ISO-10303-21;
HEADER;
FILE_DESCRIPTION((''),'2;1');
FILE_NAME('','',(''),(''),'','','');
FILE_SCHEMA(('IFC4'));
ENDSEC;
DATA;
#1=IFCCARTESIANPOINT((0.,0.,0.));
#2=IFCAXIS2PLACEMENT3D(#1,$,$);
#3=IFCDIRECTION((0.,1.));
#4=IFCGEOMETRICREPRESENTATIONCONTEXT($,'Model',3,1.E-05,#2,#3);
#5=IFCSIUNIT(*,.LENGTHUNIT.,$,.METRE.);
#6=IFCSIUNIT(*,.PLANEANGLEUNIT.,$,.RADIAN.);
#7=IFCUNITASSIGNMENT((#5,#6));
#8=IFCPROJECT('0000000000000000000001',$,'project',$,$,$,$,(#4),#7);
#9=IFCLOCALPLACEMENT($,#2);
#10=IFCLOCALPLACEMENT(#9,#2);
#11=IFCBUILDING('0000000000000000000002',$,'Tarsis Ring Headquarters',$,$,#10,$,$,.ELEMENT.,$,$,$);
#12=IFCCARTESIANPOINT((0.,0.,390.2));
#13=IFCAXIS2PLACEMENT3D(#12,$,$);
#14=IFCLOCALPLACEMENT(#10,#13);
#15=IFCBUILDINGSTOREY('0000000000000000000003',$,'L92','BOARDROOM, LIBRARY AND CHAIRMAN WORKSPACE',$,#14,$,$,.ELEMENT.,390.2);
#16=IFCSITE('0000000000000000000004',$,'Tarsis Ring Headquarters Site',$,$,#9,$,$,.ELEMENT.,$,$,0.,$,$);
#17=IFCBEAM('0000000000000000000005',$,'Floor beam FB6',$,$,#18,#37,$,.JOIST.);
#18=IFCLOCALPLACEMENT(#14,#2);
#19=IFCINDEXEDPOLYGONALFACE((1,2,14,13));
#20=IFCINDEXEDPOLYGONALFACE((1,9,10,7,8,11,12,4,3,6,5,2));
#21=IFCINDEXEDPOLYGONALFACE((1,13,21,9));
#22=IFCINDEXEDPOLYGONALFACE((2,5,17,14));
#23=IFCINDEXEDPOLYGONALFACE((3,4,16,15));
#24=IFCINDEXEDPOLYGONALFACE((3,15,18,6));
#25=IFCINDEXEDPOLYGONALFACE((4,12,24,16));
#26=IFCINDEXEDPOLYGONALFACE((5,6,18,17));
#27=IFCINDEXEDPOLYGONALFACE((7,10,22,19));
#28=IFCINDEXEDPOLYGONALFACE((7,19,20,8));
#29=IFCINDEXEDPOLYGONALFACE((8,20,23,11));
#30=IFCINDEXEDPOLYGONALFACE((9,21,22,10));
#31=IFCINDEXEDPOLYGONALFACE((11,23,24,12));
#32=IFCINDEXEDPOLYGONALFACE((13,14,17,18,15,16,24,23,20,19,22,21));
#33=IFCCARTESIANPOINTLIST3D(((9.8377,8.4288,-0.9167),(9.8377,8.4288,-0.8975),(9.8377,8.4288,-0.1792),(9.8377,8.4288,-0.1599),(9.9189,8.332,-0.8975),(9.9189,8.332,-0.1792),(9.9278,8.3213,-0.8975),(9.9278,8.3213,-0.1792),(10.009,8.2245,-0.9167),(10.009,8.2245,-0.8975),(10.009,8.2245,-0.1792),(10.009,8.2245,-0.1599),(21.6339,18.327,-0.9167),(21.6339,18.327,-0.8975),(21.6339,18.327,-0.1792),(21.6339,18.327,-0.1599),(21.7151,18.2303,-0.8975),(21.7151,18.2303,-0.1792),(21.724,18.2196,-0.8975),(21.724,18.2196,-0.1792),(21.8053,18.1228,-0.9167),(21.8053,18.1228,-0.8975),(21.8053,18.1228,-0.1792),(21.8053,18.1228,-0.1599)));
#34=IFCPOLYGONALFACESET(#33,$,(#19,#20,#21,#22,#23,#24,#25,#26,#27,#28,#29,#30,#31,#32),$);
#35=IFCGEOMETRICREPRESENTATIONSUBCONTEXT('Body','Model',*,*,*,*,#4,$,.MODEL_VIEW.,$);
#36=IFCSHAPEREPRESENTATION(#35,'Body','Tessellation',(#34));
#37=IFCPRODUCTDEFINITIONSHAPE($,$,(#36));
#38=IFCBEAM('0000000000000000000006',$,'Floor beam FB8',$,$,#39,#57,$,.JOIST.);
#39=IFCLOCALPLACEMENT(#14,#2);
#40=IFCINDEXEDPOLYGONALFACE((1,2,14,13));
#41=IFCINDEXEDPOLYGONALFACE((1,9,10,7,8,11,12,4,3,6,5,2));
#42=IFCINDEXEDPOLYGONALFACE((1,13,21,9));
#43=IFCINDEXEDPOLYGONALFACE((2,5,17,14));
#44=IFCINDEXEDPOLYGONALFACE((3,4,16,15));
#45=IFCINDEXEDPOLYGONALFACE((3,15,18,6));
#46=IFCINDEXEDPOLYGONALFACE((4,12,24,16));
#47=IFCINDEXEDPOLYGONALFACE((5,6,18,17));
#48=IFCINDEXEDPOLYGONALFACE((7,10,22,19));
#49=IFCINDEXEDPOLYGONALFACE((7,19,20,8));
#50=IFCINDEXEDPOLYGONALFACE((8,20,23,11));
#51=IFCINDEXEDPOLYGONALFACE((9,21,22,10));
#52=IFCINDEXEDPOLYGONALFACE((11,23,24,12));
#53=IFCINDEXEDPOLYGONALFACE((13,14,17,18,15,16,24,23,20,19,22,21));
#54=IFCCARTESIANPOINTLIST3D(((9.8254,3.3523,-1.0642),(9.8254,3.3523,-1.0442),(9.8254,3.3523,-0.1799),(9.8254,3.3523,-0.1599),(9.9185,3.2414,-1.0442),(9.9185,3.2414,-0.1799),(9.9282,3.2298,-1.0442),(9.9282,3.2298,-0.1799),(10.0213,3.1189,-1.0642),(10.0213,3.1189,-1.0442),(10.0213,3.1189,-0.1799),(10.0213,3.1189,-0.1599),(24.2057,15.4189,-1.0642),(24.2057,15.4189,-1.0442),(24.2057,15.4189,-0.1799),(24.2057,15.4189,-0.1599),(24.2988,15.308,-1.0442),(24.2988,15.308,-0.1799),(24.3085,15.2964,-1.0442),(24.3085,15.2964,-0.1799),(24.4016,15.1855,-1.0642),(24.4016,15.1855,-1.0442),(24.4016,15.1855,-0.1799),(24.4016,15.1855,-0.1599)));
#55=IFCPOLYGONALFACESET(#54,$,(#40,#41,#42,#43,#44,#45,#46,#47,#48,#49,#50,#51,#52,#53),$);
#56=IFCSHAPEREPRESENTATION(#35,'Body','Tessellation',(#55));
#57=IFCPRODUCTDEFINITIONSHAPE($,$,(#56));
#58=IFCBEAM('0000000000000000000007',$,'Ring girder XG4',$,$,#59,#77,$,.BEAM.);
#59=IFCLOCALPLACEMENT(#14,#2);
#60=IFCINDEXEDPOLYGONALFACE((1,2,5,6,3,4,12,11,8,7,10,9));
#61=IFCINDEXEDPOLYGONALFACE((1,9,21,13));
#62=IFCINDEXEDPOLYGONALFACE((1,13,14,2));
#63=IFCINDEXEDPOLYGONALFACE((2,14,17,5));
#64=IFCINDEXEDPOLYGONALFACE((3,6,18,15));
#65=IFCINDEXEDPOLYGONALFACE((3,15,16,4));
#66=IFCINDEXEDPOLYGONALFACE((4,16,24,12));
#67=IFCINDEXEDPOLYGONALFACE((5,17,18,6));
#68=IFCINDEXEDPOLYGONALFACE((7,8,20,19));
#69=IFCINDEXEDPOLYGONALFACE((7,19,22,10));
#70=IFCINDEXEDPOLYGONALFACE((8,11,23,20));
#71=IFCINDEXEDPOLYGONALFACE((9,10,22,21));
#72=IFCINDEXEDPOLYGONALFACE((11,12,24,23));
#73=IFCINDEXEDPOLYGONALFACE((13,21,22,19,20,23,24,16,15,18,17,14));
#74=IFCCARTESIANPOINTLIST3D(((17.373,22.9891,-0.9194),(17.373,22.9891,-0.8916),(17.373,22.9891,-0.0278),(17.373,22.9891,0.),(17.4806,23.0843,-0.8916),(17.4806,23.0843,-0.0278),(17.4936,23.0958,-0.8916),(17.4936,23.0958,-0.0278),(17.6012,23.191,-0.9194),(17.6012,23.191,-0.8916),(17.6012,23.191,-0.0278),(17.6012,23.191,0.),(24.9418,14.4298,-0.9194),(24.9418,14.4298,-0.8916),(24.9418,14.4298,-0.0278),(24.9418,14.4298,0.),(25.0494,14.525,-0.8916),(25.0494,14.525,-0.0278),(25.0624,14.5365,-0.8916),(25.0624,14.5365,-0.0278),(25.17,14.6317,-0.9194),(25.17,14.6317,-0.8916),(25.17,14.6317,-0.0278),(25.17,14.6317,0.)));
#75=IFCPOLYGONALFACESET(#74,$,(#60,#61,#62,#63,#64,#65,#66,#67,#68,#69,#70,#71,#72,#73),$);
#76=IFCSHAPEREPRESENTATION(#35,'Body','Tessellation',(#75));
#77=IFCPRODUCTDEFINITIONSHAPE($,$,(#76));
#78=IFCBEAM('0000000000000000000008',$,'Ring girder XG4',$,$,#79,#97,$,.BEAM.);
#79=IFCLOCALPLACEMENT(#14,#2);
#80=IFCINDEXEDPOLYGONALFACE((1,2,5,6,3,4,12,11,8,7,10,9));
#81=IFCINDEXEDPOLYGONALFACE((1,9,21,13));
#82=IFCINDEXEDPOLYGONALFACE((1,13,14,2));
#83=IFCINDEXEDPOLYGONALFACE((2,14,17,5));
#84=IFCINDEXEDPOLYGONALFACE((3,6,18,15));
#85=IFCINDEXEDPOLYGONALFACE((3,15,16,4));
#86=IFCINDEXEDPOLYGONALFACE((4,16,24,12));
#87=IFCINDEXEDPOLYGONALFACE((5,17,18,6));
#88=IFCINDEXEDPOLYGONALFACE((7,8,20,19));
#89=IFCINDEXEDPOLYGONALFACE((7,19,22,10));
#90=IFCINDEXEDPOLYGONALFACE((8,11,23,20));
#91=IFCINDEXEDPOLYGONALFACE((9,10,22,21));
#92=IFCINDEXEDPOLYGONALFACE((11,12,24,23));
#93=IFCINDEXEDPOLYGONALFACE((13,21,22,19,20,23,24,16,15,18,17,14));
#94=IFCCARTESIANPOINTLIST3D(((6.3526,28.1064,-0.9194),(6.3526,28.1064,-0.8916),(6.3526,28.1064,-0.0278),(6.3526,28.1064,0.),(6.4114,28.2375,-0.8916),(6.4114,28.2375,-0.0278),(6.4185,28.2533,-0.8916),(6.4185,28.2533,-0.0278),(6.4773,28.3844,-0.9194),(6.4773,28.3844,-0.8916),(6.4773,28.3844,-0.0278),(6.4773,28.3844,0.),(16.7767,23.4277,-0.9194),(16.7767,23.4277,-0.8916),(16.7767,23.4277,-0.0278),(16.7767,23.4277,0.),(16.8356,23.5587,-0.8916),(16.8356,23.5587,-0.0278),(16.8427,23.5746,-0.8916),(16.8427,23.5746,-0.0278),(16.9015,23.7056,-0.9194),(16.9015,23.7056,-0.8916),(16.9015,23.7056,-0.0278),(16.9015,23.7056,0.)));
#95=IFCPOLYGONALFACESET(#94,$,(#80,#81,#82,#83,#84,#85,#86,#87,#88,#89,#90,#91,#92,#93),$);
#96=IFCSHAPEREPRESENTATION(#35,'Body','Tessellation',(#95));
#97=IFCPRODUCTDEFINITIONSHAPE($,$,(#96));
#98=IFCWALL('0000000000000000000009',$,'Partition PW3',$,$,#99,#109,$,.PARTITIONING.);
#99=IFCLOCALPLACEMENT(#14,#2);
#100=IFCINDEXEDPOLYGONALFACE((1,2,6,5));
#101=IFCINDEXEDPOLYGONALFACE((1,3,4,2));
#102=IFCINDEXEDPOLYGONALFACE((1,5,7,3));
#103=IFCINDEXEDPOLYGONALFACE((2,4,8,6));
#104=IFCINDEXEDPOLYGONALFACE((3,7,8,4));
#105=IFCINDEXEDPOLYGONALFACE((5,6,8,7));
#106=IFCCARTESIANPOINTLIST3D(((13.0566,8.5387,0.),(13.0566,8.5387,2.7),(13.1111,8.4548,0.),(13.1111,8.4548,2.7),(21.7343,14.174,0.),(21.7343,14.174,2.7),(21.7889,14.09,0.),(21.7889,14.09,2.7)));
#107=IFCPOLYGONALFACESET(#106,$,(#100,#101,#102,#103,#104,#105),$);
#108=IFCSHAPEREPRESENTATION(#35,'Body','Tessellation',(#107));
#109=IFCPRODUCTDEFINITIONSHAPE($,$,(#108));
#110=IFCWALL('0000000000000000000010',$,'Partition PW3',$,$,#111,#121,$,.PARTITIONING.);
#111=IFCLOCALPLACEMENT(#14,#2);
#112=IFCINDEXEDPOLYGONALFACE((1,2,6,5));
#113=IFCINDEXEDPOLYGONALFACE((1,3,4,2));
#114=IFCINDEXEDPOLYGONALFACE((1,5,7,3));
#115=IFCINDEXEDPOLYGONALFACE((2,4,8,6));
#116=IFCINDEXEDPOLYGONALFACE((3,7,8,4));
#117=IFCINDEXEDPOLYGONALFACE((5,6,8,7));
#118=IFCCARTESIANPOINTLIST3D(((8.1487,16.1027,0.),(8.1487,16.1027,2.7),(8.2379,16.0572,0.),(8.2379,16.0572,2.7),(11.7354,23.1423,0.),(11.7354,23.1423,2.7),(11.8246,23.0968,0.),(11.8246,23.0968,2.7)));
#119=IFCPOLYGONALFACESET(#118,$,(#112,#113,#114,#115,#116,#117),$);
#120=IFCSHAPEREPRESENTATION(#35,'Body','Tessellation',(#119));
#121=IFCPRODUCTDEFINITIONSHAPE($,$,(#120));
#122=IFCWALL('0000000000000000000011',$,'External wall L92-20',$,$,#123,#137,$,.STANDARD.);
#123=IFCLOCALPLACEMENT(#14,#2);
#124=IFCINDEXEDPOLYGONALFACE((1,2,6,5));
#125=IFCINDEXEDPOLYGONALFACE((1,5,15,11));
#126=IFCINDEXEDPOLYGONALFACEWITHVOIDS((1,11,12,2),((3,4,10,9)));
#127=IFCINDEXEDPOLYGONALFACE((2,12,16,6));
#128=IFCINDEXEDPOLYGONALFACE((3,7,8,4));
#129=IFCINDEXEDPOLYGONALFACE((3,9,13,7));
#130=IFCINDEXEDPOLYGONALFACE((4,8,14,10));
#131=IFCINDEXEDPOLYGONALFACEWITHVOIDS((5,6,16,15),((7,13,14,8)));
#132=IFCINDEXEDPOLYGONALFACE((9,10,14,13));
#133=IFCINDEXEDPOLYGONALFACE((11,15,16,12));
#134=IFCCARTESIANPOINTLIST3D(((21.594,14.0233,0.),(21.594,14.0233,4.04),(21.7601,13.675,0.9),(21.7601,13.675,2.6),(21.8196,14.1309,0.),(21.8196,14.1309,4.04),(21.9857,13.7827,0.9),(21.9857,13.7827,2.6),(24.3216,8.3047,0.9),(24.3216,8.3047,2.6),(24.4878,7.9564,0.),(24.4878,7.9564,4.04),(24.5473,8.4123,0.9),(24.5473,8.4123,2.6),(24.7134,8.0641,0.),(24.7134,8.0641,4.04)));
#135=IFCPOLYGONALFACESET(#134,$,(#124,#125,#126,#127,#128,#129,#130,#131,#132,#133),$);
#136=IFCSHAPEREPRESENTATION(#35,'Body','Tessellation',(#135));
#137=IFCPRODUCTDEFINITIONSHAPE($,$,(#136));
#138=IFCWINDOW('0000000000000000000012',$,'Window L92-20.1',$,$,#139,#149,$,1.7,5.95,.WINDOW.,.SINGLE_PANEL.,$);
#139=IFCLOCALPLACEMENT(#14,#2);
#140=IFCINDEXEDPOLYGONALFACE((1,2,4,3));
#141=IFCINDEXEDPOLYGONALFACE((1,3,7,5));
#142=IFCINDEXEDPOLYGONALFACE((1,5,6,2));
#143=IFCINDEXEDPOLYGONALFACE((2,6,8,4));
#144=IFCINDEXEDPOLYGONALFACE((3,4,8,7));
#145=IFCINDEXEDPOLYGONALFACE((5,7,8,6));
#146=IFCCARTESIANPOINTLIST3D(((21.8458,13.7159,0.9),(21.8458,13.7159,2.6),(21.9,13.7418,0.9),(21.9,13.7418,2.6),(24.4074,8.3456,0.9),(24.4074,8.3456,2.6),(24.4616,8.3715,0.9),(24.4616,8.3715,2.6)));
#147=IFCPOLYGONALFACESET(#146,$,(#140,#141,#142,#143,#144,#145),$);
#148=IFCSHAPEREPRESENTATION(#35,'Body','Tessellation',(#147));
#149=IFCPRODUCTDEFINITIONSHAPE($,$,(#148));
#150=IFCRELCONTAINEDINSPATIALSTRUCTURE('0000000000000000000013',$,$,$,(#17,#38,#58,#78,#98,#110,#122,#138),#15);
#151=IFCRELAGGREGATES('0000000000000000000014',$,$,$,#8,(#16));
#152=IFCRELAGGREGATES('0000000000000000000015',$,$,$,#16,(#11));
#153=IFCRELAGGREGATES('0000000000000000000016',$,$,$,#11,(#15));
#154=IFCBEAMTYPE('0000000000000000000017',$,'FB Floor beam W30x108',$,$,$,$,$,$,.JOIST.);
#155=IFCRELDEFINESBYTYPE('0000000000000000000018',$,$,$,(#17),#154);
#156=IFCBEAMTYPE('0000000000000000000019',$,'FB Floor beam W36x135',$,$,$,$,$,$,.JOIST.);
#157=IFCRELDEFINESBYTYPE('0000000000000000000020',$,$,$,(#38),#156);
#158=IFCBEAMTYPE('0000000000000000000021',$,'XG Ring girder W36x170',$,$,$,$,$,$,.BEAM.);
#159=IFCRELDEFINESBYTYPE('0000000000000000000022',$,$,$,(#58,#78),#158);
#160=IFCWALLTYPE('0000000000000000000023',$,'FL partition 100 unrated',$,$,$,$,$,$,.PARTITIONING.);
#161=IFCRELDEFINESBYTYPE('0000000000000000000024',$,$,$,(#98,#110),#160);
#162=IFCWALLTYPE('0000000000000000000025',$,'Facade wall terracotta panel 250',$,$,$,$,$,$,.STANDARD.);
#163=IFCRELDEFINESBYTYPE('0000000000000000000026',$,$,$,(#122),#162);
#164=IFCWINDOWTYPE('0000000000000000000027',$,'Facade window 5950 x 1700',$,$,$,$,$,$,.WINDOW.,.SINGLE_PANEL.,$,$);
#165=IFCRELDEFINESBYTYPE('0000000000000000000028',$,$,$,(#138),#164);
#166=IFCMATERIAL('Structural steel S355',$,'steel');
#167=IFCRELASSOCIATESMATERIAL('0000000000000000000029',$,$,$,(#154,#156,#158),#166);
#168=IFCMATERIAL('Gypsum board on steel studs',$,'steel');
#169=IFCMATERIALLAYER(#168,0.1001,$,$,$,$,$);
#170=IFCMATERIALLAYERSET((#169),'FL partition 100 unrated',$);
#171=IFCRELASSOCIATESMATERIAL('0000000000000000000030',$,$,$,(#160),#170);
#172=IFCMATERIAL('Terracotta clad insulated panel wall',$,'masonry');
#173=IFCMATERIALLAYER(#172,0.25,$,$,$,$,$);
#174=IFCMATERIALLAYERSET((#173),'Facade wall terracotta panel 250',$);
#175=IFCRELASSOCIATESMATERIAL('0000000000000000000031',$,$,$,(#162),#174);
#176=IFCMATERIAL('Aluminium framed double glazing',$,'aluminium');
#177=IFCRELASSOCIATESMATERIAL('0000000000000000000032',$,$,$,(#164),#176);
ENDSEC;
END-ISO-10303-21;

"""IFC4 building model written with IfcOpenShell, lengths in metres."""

from ifc_helpers import new_model, si_unit, direction, frame, frame_2d, origin, origin_2d, place, context, subcontext, project, spatial, rectangle, i_section, extrude, material, layer, layer_set, material_profile, profile_set, type_object, element, fill, save


model = new_model("IFC4")

# Units and contexts
model_context = context("Model", 3, precision=1e-05, world=origin(), true_north=direction((0.0, 1.0)))
body_context = subcontext(model_context, "Body", "Model", "MODEL_VIEW")
ifc_project = project(units=[si_unit("LENGTHUNIT", "METRE"), si_unit("PLANEANGLEUNIT", "RADIAN")], contexts=[model_context])

# Site, building, storey
site_placement = place(None, origin())
site = spatial("IfcSite", under=ifc_project, at=site_placement, Name="Tarsis Ring Headquarters Site", CompositionType="ELEMENT", RefElevation=0.0)
building_placement = place(site_placement, origin())
building = spatial("IfcBuilding", under=site, at=building_placement, Name="Tarsis Ring Headquarters", CompositionType="ELEMENT")
storey_placement = place(building_placement, frame((0.0, 0.0, 390.2)))
storey = spatial("IfcBuildingStorey", under=building, at=storey_placement, Name="L92", Description="BOARDROOM, LIBRARY AND CHAIRMAN WORKSPACE", CompositionType="ELEMENT", Elevation=390.2)

# Shared definitions
ifc_material_1 = material(Name="Structural steel S355", Category="steel")

# Beams
ifc_material_profile_1 = material_profile(ifc_material_1, i_section(OverallWidth=0.2666, OverallDepth=0.7568, WebThickness=0.0139, FlangeThickness=0.0193, at=origin_2d()), Name="W30x108")
ifc_profile_set_1 = profile_set([ifc_material_profile_1], Name="Structural steel S355")
beam_type_1 = type_object("IfcBeamType", Name="FB Floor beam W30x108", PredefinedType="JOIST", material=ifc_profile_set_1)
beam_1_placement = place(storey_placement, frame((9.9233, 8.3267, -0.5383), z_axis=(0.766043, 0.64279, 0.0), x_axis=(-0.64279, 0.766043, 0.0)))
element("IfcBeam", 1, at=beam_1_placement, inside=storey, type_object=beam_type_1, Name="Floor beam FB6", PredefinedType="JOIST", context=body_context, shape_type="SweptSolid", body=[
    extrude(i_section(OverallWidth=0.2666, OverallDepth=0.7568, WebThickness=0.0139, FlangeThickness=0.0193, at=origin_2d()), origin(), (0.0, 0.0, 1.0), 15.3989),
])
ifc_material_profile_2 = material_profile(ifc_material_1, i_section(OverallWidth=0.3047, OverallDepth=0.9043, WebThickness=0.0151, FlangeThickness=0.02, at=origin_2d()), Name="W36x135")
ifc_profile_set_2 = profile_set([ifc_material_profile_2], Name="Structural steel S355")
beam_type_2 = type_object("IfcBeamType", Name="FB Floor beam W36x135", PredefinedType="JOIST", material=ifc_profile_set_2)
beam_2_placement = place(storey_placement, frame((9.9233, 3.2356, -0.6121), z_axis=(0.766042, 0.64279, 0.0), x_axis=(-0.64279, 0.766042, 0.0)))
element("IfcBeam", 2, at=beam_2_placement, inside=storey, type_object=beam_type_2, Name="Floor beam FB8", PredefinedType="JOIST", context=body_context, shape_type="SweptSolid", body=[
    extrude(i_section(OverallWidth=0.3047, OverallDepth=0.9043, WebThickness=0.0151, FlangeThickness=0.02, at=origin_2d()), origin(), (0.0, 0.0, 1.0), 18.7722),
])
ifc_material_profile_3 = material_profile(ifc_material_1, i_section(OverallWidth=0.3047, OverallDepth=0.9194, WebThickness=0.0173, FlangeThickness=0.0278, at=origin_2d()), Name="W36x170")
ifc_profile_set_3 = profile_set([ifc_material_profile_3], Name="Structural steel S355")
beam_type_3 = type_object("IfcBeamType", Name="XG Ring girder W36x170", PredefinedType="BEAM", material=ifc_profile_set_3)
beam_3_placement = place(storey_placement, frame((25.0559, 14.5308, -0.4597), z_axis=(-0.662433, 0.749121, 0.0), x_axis=(-0.749121, -0.662433, 0.0)))
element("IfcBeam", 3, at=beam_3_placement, inside=storey, type_object=beam_type_3, Name="Ring girder XG4", PredefinedType="BEAM", context=body_context, shape_type="SweptSolid", body=[
    extrude(i_section(OverallWidth=0.3047, OverallDepth=0.9194, WebThickness=0.0173, FlangeThickness=0.0278, at=origin_2d()), origin(), (0.0, 0.0, 1.0), 11.4258),
])
beam_4_placement = place(storey_placement, frame((16.8391, 23.5667, -0.4597), z_axis=(-0.912318, 0.409482, 0.0), x_axis=(-0.409482, -0.912318, 0.0)))
element("IfcBeam", 4, at=beam_4_placement, inside=storey, type_object=beam_type_3, Name="Ring girder XG4", PredefinedType="BEAM", context=body_context, shape_type="SweptSolid", body=[
    extrude(i_section(OverallWidth=0.3047, OverallDepth=0.9194, WebThickness=0.0173, FlangeThickness=0.0278, at=origin_2d()), origin(), (0.0, 0.0, 1.0), 11.426),
])

# Walls
ifc_material_2 = material(Name="Gypsum board on steel studs", Category="steel")
ifc_layer_1 = layer(ifc_material_2, 0.1001)
ifc_layer_set_1 = layer_set([ifc_layer_1], Name="FL partition 100 unrated")
wall_type_1 = type_object("IfcWallType", Name="FL partition 100 unrated", PredefinedType="PARTITIONING", material=ifc_layer_set_1)
wall_1_placement = place(storey_placement, frame((13.084, 8.4968, 0.0), z_axis=(0.0, 0.0, 1.0), x_axis=(0.838676, 0.54463, 0.0)))
element("IfcWall", 5, at=wall_1_placement, inside=storey, type_object=wall_type_1, Name="Partition PW3", PredefinedType="PARTITIONING", context=body_context, shape_type="SweptSolid", body=[
    extrude(rectangle(XDim=10.3469, YDim=0.1001, at=frame_2d((5.1733, 0.0))), origin(), (0.0, 0.0, 1.0), 2.7),
])
wall_2_placement = place(storey_placement, frame((8.1934, 16.0801, 0.0), z_axis=(0.0, 0.0, 1.0), x_axis=(0.453974, 0.891015, 0.0)))
element("IfcWall", 6, at=wall_2_placement, inside=storey, type_object=wall_type_1, Name="Partition PW3", PredefinedType="PARTITIONING", context=body_context, shape_type="SweptSolid", body=[
    extrude(rectangle(XDim=7.9006, YDim=0.1001, at=frame_2d((3.9502, 0.0))), origin(), (0.0, 0.0, 1.0), 2.7),
])

# Wall, opening, window
ifc_material_3 = material(Name="Terracotta clad insulated panel wall", Category="masonry")
ifc_layer_2 = layer(ifc_material_3, 0.25)
ifc_layer_set_2 = layer_set([ifc_layer_2], Name="Facade wall terracotta panel 250")
wall_type_2 = type_object("IfcWallType", Name="Facade wall terracotta panel 250", PredefinedType="STANDARD", material=ifc_layer_set_2)
wall_3_placement = place(storey_placement, frame((24.6006, 8.0103, 0.0), z_axis=(0.0, 0.0, 1.0), x_axis=(-0.430516, 0.902583, 0.0)))
wall_3 = element("IfcWall", 7, at=wall_3_placement, inside=storey, type_object=wall_type_2, Name="External wall L92-20", PredefinedType="STANDARD", context=body_context, shape_type="SweptSolid", body=[
    extrude(rectangle(XDim=6.7217, YDim=0.25, at=frame_2d((3.3608, 0.0))), origin(), (0.0, 0.0, 1.0), 4.04),
])
opening_1_placement = place(wall_3_placement, frame((0.3857, 0.0, 0.8999)))
opening_1 = element("IfcOpeningElement", 8, at=opening_1_placement, cuts=wall_3, PredefinedType="OPENING", context=body_context, shape_type="SweptSolid", body=[
    extrude(rectangle(XDim=5.95, YDim=1.7, at=frame_2d((2.9751, 0.8501))), frame((0.0, 0.135, 0.0), z_axis=(0.0, -1.0, 0.0), x_axis=(1.0, 0.0, 0.0)), (0.0, 0.0, 1.0), 0.27),
])
ifc_material_4 = material(Name="Aluminium framed double glazing", Category="aluminium")
window_type = type_object("IfcWindowType", Name="Facade window 5950 x 1700", PartitioningType="SINGLE_PANEL", PredefinedType="WINDOW", material=ifc_material_4)
window_1_placement = place(opening_1_placement, origin())
window_1 = element("IfcWindow", 9, at=window_1_placement, inside=storey, type_object=window_type, Name="Window L92-20.1", OverallHeight=1.7, OverallWidth=5.95, PartitioningType="SINGLE_PANEL", PredefinedType="WINDOW", context=body_context, shape_type="SweptSolid", body=[
    extrude(rectangle(XDim=5.95, YDim=1.7, at=frame_2d((2.9751, 0.8501))), frame((0.0, 0.03, 0.0), z_axis=(0.0, -1.0, 0.0), x_axis=(1.0, 0.0, 0.0)), (0.0, 0.0, 1.0), 0.0601),
])
fill(opening_1, window_1)

save(model, "model.ifc")
